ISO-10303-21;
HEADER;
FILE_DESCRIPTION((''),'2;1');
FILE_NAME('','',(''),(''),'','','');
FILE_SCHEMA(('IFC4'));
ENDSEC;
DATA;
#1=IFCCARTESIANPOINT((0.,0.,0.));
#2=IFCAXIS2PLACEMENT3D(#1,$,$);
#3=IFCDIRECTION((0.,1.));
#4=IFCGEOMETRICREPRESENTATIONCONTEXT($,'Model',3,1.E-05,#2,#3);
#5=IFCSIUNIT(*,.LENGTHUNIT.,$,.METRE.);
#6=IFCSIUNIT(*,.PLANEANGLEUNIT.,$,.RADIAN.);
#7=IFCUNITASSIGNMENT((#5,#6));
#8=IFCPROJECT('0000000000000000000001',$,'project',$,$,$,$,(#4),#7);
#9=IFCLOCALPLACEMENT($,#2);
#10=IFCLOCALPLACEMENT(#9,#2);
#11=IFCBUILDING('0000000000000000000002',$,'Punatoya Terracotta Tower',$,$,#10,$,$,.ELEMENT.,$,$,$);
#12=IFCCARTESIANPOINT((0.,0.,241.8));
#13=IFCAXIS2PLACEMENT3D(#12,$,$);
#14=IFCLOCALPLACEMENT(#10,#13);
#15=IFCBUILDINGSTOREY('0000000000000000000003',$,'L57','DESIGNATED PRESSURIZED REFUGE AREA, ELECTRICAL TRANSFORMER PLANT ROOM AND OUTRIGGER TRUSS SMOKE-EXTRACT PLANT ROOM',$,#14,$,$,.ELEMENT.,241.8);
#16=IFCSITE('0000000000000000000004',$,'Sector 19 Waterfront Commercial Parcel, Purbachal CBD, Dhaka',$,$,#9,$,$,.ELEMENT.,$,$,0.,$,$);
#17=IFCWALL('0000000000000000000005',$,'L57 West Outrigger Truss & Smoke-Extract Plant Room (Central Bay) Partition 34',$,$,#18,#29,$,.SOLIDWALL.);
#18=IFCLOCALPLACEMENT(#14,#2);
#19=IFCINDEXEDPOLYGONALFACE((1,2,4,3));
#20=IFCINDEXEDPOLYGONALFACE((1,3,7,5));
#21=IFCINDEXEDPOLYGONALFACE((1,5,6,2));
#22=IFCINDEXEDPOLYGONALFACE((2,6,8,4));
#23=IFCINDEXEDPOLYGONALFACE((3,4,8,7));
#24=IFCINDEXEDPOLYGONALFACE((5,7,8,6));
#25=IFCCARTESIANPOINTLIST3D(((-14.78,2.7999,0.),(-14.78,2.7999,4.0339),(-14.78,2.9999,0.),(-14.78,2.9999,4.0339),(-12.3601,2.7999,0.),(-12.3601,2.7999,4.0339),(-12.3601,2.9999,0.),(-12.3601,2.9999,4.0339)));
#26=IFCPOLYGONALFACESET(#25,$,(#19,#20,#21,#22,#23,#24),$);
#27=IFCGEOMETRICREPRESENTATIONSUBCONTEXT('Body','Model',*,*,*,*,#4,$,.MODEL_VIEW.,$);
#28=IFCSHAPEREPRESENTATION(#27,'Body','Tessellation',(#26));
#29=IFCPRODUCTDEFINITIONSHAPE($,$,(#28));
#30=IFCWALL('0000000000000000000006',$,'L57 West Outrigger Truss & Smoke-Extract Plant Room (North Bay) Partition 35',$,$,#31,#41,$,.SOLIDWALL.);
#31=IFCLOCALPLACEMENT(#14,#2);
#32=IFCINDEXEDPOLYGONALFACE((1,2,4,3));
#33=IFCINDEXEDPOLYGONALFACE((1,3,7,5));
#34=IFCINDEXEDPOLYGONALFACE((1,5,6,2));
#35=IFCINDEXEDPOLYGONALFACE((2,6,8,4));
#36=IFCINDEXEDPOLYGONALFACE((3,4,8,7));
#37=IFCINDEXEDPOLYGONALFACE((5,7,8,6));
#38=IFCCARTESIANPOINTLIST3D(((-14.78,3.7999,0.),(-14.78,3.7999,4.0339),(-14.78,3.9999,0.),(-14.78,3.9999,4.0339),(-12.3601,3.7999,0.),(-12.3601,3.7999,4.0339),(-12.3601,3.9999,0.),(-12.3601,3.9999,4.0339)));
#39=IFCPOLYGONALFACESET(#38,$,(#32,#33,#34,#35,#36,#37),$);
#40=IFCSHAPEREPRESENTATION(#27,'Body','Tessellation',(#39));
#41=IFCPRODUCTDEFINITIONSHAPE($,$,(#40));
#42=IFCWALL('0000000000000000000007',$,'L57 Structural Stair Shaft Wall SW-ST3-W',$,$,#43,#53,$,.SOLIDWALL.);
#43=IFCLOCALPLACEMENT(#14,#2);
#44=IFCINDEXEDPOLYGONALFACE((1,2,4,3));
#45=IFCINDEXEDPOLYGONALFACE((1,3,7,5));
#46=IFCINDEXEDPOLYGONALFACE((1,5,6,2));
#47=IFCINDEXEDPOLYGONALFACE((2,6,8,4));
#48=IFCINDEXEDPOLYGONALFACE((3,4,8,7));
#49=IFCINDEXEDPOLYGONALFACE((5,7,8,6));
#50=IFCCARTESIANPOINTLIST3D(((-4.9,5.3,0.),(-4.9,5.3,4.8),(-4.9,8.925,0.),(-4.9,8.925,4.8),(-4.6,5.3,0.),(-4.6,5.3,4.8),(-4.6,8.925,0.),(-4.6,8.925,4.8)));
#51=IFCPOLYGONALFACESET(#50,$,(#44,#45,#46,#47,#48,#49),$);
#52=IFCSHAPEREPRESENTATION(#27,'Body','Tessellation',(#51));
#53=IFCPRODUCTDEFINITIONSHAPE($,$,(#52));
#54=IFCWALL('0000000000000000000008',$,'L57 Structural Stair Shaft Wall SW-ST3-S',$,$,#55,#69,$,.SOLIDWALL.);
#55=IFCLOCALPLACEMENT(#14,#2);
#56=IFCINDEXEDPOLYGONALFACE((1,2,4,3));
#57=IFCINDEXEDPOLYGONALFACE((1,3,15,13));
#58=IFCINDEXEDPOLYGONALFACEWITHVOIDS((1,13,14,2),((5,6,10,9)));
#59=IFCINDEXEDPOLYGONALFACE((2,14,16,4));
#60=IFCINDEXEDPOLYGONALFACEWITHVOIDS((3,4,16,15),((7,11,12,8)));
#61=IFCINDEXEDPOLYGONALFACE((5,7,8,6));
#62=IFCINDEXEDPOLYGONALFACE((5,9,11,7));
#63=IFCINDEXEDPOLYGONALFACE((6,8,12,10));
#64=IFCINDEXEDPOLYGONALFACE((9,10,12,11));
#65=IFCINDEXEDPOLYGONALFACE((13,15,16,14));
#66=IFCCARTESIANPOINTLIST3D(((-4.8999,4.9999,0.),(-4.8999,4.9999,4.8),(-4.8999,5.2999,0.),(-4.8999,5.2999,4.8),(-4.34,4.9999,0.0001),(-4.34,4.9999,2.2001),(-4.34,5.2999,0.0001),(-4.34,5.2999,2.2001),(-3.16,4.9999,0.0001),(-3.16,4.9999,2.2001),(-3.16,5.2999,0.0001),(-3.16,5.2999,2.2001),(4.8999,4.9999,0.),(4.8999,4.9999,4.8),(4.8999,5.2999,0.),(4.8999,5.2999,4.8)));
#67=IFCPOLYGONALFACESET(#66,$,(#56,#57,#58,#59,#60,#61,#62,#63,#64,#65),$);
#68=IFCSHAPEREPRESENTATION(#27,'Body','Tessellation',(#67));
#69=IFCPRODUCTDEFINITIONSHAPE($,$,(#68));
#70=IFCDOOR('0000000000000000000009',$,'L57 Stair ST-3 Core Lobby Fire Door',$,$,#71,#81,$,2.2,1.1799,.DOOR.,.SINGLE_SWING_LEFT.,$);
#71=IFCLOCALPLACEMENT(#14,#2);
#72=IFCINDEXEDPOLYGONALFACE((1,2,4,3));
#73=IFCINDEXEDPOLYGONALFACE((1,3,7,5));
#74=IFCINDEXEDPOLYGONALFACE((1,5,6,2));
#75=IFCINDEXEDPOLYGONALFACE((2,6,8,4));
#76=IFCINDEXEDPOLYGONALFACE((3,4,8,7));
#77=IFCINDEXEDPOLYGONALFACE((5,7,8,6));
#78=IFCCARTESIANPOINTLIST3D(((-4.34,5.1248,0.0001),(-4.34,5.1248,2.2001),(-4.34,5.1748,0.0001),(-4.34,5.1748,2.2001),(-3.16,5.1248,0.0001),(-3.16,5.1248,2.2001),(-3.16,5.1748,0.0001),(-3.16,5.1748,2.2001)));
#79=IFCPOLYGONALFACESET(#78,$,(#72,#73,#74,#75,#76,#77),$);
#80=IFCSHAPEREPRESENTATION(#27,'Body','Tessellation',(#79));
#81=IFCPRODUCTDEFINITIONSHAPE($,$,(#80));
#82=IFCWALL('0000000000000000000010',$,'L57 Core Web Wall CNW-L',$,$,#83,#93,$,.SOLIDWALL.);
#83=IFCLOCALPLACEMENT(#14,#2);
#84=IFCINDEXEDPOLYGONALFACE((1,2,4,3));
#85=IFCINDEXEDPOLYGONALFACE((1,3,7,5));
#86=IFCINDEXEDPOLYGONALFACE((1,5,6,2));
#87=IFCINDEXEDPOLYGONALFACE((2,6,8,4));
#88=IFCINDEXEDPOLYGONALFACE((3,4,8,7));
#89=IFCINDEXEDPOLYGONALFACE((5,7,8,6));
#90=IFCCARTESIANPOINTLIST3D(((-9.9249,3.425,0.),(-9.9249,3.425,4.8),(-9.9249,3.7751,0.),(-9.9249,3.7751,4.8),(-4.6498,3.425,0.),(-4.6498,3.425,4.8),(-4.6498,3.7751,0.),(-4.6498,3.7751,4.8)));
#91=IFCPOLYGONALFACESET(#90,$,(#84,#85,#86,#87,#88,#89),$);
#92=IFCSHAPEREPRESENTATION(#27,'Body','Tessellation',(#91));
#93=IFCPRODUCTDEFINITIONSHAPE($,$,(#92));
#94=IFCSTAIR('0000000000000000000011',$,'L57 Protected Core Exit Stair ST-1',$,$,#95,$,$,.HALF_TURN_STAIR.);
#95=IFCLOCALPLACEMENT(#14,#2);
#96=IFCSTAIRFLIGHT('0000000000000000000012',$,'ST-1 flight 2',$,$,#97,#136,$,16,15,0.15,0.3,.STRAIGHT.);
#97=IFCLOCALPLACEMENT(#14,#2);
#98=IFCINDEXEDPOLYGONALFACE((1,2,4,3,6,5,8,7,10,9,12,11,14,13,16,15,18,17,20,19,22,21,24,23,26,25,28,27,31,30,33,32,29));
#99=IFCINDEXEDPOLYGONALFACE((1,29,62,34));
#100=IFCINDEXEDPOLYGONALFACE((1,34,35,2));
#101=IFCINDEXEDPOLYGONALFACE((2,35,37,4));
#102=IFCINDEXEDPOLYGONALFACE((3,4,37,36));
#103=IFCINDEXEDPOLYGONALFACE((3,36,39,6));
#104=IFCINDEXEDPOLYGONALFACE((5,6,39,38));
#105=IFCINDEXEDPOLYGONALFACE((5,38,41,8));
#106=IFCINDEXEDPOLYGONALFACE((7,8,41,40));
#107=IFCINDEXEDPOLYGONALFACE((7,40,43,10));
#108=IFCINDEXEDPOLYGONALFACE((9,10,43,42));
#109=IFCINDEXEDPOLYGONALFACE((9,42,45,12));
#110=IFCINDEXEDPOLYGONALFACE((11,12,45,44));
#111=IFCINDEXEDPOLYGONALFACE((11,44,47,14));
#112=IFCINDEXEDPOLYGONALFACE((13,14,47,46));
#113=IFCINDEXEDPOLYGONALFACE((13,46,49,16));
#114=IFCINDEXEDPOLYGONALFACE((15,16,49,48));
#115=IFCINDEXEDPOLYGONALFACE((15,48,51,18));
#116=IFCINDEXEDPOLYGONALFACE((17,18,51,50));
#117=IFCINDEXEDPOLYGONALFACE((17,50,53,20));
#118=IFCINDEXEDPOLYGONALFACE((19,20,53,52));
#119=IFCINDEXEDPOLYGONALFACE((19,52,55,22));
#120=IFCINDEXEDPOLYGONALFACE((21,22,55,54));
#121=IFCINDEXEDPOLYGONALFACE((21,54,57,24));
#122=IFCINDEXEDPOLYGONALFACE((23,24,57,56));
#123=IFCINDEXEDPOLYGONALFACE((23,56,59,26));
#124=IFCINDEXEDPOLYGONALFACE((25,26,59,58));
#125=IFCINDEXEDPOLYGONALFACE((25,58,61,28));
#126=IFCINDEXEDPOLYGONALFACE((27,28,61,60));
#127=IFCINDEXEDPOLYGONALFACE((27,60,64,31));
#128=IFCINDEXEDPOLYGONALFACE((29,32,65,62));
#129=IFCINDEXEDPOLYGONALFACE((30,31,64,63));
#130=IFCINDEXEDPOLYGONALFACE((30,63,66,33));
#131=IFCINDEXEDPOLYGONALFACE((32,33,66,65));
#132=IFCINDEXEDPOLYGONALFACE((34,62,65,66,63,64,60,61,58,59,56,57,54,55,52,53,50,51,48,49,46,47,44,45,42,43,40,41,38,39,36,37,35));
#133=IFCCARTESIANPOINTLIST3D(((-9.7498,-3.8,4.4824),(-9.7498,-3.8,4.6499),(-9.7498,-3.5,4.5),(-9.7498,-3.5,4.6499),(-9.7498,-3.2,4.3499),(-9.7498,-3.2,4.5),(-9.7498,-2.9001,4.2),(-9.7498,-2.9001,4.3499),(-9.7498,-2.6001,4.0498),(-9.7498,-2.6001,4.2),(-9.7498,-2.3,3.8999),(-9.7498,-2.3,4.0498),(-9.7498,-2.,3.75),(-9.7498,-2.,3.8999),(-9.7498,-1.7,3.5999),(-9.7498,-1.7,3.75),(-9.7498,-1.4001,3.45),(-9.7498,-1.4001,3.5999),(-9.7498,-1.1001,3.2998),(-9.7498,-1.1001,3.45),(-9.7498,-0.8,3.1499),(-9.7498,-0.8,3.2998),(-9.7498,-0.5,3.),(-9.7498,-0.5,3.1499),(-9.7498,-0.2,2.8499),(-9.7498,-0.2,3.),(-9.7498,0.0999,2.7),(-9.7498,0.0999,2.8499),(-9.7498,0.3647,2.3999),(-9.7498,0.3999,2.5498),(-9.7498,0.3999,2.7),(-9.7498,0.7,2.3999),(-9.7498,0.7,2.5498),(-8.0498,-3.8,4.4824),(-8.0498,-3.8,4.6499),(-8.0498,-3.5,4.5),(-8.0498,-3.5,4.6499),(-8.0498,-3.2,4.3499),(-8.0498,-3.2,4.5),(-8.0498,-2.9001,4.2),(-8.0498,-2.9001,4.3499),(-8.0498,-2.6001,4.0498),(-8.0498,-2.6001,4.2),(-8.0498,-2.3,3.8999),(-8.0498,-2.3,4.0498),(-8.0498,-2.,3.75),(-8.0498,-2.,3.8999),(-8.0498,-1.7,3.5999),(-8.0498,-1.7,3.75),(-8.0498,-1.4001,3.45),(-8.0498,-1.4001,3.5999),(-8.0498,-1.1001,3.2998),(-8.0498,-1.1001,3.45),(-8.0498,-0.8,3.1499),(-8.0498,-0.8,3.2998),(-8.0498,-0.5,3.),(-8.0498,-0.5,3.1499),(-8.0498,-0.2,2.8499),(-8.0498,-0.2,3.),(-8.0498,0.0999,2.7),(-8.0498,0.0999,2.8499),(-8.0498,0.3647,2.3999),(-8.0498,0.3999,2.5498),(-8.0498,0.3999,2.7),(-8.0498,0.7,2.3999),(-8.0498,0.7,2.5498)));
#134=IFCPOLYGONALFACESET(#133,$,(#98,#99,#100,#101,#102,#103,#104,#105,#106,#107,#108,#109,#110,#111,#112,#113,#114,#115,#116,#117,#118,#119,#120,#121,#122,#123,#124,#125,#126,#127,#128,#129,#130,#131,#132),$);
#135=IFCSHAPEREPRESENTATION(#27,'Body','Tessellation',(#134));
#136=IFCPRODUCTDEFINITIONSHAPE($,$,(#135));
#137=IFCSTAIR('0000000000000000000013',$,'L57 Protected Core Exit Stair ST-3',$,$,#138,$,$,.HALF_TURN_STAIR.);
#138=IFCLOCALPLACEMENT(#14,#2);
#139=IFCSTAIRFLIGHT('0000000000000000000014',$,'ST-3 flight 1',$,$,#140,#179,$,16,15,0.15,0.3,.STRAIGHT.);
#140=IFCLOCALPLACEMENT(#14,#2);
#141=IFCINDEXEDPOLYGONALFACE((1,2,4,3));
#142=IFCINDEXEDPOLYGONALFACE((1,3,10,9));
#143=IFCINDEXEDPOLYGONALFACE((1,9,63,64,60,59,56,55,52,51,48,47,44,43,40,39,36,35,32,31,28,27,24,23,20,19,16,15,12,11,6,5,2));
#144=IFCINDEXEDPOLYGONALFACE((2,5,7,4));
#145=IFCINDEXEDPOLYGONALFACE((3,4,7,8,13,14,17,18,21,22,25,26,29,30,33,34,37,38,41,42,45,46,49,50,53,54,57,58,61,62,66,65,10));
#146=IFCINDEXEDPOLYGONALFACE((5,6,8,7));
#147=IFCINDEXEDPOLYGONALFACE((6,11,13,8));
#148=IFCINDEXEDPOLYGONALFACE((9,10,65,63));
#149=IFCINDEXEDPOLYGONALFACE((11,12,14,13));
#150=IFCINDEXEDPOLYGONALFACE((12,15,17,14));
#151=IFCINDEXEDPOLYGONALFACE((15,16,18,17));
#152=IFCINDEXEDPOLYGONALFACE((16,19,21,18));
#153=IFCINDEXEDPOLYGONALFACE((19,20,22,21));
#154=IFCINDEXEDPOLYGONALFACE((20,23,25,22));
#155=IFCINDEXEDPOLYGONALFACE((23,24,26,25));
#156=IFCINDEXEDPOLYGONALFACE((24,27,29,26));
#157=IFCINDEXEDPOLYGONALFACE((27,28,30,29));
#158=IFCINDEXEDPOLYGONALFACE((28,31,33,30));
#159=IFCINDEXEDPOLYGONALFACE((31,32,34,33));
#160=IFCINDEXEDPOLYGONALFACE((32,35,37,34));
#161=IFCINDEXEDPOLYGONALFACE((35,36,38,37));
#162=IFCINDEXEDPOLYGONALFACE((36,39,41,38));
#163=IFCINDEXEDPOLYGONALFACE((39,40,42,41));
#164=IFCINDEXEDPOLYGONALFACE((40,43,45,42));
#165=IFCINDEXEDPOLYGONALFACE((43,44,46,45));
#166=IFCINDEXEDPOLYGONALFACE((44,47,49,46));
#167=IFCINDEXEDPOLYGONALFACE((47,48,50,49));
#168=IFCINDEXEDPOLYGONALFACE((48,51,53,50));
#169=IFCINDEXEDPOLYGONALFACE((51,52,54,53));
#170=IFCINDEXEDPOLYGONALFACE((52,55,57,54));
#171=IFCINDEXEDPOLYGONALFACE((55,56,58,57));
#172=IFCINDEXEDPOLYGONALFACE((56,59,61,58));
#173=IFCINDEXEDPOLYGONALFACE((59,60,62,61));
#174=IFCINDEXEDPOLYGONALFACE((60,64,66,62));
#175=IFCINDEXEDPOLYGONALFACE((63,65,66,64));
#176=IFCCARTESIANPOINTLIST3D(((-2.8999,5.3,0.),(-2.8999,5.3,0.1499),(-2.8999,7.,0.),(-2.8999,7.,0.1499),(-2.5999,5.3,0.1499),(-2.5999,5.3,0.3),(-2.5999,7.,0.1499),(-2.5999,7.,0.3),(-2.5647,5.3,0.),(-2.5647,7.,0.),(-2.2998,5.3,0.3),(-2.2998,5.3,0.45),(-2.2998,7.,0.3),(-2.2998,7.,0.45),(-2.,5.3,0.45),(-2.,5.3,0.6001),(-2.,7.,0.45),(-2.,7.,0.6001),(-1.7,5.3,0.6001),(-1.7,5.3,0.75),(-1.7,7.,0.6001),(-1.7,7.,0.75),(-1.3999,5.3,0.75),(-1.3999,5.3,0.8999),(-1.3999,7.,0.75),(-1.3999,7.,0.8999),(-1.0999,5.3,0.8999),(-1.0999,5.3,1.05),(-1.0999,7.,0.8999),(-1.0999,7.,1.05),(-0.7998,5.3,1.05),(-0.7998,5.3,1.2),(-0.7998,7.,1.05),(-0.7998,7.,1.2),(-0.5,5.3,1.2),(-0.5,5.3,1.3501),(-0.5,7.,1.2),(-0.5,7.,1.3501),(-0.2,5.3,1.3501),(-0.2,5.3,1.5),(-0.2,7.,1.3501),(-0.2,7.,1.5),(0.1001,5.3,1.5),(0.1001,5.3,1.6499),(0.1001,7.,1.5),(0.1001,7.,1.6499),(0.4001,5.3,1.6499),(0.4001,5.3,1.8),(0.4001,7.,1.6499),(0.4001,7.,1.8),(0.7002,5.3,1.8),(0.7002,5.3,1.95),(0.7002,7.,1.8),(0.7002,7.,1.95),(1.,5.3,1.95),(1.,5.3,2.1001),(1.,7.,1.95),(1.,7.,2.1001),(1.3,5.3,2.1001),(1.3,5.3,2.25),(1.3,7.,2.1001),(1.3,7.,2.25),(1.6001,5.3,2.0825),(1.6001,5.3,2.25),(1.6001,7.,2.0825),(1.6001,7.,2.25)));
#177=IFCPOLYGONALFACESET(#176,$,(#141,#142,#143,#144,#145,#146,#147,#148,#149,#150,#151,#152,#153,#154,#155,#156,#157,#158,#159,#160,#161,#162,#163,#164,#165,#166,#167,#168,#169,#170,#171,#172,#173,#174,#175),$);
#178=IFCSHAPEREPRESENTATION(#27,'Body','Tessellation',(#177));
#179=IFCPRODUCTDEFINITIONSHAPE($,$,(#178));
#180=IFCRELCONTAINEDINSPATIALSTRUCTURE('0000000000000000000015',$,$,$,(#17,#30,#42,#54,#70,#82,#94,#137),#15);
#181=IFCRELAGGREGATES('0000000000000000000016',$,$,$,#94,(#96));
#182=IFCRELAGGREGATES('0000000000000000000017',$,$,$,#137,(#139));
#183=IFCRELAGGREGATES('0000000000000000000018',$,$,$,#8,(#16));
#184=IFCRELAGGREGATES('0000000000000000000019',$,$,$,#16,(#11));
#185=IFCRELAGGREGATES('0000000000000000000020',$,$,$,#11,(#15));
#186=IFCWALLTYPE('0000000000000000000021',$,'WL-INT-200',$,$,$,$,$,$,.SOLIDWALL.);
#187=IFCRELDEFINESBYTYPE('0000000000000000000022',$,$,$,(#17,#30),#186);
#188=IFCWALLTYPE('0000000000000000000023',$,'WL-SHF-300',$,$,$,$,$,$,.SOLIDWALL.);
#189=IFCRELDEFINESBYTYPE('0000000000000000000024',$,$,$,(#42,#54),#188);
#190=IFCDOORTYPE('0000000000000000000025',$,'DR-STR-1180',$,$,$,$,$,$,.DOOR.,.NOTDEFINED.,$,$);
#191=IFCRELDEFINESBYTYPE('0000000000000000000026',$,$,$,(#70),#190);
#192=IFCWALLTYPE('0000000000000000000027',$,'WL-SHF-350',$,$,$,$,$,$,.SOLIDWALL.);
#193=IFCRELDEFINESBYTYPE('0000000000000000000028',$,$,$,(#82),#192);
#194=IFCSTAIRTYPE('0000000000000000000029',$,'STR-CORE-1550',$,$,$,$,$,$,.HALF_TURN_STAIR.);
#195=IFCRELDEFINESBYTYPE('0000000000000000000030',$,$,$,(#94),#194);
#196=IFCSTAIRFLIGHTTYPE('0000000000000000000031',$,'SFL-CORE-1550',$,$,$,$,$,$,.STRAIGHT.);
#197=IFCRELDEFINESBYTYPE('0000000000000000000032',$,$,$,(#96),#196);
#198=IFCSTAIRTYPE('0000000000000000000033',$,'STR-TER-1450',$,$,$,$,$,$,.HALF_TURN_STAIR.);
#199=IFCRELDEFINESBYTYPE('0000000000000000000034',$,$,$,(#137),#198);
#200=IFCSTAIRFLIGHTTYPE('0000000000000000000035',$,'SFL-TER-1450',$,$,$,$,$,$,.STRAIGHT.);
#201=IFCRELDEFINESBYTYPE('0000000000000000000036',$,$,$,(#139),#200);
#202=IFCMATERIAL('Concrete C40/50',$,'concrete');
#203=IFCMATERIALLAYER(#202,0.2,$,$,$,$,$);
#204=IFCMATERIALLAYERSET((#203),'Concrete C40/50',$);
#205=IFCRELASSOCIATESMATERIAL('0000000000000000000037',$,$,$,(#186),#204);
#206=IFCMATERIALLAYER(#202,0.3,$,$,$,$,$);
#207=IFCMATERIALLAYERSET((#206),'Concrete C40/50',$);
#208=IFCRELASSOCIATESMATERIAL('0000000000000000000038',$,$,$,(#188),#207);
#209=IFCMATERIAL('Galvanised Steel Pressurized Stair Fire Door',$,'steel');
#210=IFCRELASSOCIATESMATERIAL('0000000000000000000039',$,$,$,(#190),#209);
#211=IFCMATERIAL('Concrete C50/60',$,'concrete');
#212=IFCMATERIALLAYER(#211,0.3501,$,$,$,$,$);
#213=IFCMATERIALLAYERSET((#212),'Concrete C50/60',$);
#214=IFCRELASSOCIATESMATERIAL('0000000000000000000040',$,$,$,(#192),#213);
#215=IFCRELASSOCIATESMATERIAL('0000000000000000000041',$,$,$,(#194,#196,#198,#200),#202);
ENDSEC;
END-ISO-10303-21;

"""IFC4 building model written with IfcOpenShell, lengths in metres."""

from ifc_helpers import new_model, si_unit, direction, frame, frame_2d, origin, place, context, subcontext, project, spatial, polyline, rectangle, outline, extrude, material, layer, layer_set, type_object, element, fill, aggregate, save


model = new_model("IFC4")

# Units and contexts
model_context = context("Model", 3, precision=1e-05, world=origin(), true_north=direction((0.0, 1.0)))
body_context = subcontext(model_context, "Body", "Model", "MODEL_VIEW")
ifc_project = project(units=[si_unit("LENGTHUNIT", "METRE"), si_unit("PLANEANGLEUNIT", "RADIAN")], contexts=[model_context])

# Site, building, storey
site_placement = place(None, origin())
site = spatial("IfcSite", under=ifc_project, at=site_placement, Name="Sector 19 Waterfront Commercial Parcel, Purbachal CBD, Dhaka", CompositionType="ELEMENT", RefElevation=0.0)
building_placement = place(site_placement, origin())
building = spatial("IfcBuilding", under=site, at=building_placement, Name="Punatoya Terracotta Tower", CompositionType="ELEMENT")
storey_placement = place(building_placement, frame((0.0, 0.0, 241.8)))
storey = spatial("IfcBuildingStorey", under=building, at=storey_placement, Name="L57", Description="DESIGNATED PRESSURIZED REFUGE AREA, ELECTRICAL TRANSFORMER PLANT ROOM AND OUTRIGGER TRUSS SMOKE-EXTRACT PLANT ROOM", CompositionType="ELEMENT", Elevation=241.8)

# Shared definitions
ifc_material_1 = material(Name="Concrete C50/60", Category="concrete")

# Shared definitions
ifc_material_2 = material(Name="Concrete C40/50", Category="concrete")
ifc_layer_1 = layer(ifc_material_2, 0.2)
ifc_layer_set_1 = layer_set([ifc_layer_1], Name="Concrete C40/50")
wall_type_1 = type_object("IfcWallType", Name="WL-INT-200", PredefinedType="SOLIDWALL", material=ifc_layer_set_1)

# Walls
for number, where, z_axis, x_axis, name in (
    (1, (-14.78, 2.8999, 0.0), (0.0, 0.0, 1.0), (1.0, 0.0, 0.0), "L57 West Outrigger Truss & Smoke-Extract Plant Room (Central Bay) Partition 34"),
    (2, (-12.3601, 3.8999, 0.0), (0.0, 0.0, 1.0), (-1.0, 0.0, 0.0), "L57 West Outrigger Truss & Smoke-Extract Plant Room (North Bay) Partition 35"),
):
    element("IfcWall", number, at=place(storey_placement, frame(where, z_axis=z_axis, x_axis=x_axis)), inside=storey, type_object=wall_type_1, Name=name, PredefinedType="SOLIDWALL", context=body_context, shape_type="SweptSolid", body=[
        extrude(rectangle(XDim=2.4199, YDim=0.2, at=frame_2d((1.21, 0.0))), origin(), (0.0, 0.0, 1.0), 4.0339),
    ])
ifc_layer_2 = layer(ifc_material_2, 0.3)
ifc_layer_set_2 = layer_set([ifc_layer_2], Name="Concrete C40/50")
wall_type_2 = type_object("IfcWallType", Name="WL-SHF-300", PredefinedType="SOLIDWALL", material=ifc_layer_set_2)
wall_1_placement = place(storey_placement, frame((-4.75, 5.3, 0.0), z_axis=(0.0, 0.0, 1.0), x_axis=(0.0, 1.0, 0.0)))
element("IfcWall", 3, at=wall_1_placement, inside=storey, type_object=wall_type_2, Name="L57 Structural Stair Shaft Wall SW-ST3-W", PredefinedType="SOLIDWALL", context=body_context, shape_type="SweptSolid", body=[
    extrude(rectangle(XDim=3.625, YDim=0.3, at=frame_2d((1.8125, 0.0))), origin(), (0.0, 0.0, 1.0), 4.8),
])

# Wall, opening, door
wall_2_placement = place(storey_placement, frame((-4.8999, 5.1499, 0.0), z_axis=(0.0, 0.0, 1.0), x_axis=(1.0, 0.0, 0.0)))
wall_2 = element("IfcWall", 4, at=wall_2_placement, inside=storey, type_object=wall_type_2, Name="L57 Structural Stair Shaft Wall SW-ST3-S", PredefinedType="SOLIDWALL", context=body_context, shape_type="SweptSolid", body=[
    extrude(rectangle(XDim=9.7998, YDim=0.3, at=frame_2d((4.8999, 0.0))), origin(), (0.0, 0.0, 1.0), 4.8),
])
opening_1_placement = place(wall_2_placement, frame((0.5601, 0.0, 0.0)))
opening_1 = element("IfcOpeningElement", 5, at=opening_1_placement, cuts=wall_2, PredefinedType="OPENING", context=body_context, shape_type="SweptSolid", body=[
    extrude(rectangle(XDim=1.1799, YDim=2.2, at=frame_2d((0.5898, 1.1001))), frame((0.0, 0.1599, 0.0), z_axis=(0.0, -1.0, 0.0), x_axis=(1.0, 0.0, 0.0)), (0.0, 0.0, 1.0), 0.3201),
])
ifc_material_3 = material(Name="Galvanised Steel Pressurized Stair Fire Door", Category="steel")
door_type_1 = type_object("IfcDoorType", Name="DR-STR-1180", OperationType="NOTDEFINED", PredefinedType="DOOR", material=ifc_material_3)
door_1_placement = place(opening_1_placement, origin())
door_1 = element("IfcDoor", 6, at=door_1_placement, inside=storey, type_object=door_type_1, Name="L57 Stair ST-3 Core Lobby Fire Door", OperationType="SINGLE_SWING_LEFT", OverallHeight=2.2, OverallWidth=1.1799, PredefinedType="DOOR", context=body_context, shape_type="SweptSolid", body=[
    extrude(rectangle(XDim=1.1799, YDim=2.2, at=frame_2d((0.5898, 1.1001))), frame((0.0, 0.0249, 0.0), z_axis=(0.0, -1.0, 0.0), x_axis=(1.0, 0.0, 0.0)), (0.0, 0.0, 1.0), 0.05),
])
fill(opening_1, door_1)

# Wall
ifc_layer_3 = layer(ifc_material_1, 0.3501)
ifc_layer_set_3 = layer_set([ifc_layer_3], Name="Concrete C50/60")
wall_type_3 = type_object("IfcWallType", Name="WL-SHF-350", PredefinedType="SOLIDWALL", material=ifc_layer_set_3)
wall_3_placement = place(storey_placement, frame((-9.925, 3.6001, 0.0), z_axis=(0.0, 0.0, 1.0), x_axis=(1.0, 0.0, 0.0)))
element("IfcWall", 7, at=wall_3_placement, inside=storey, type_object=wall_type_3, Name="L57 Core Web Wall CNW-L", PredefinedType="SOLIDWALL", context=body_context, shape_type="SweptSolid", body=[
    extrude(rectangle(XDim=5.2751, YDim=0.3501, at=frame_2d((2.6377, 0.0))), origin(), (0.0, 0.0, 1.0), 4.8),
])

# Stairs, stair flights
stair_type_1 = type_object("IfcStairType", Name="STR-CORE-1550", PredefinedType="HALF_TURN_STAIR", material=ifc_material_2)
stair_1_placement = place(storey_placement, origin())
stair_1 = element("IfcStair", 8, at=stair_1_placement, inside=storey, type_object=stair_type_1, Name="L57 Protected Core Exit Stair ST-1", PredefinedType="HALF_TURN_STAIR")
stair_flight_type_1 = type_object("IfcStairFlightType", Name="SFL-CORE-1550", PredefinedType="STRAIGHT", material=ifc_material_2)
stair_flight_1_placement = place(storey_placement, frame((-8.8999, 0.7, 2.3999), z_axis=(0.0, 0.0, 1.0), x_axis=(0.0, -1.0, 0.0)))
stair_flight_1 = element("IfcStairFlight", 9, at=stair_flight_1_placement, type_object=stair_flight_type_1, Name="ST-1 flight 2", NumberOfRisers=16, NumberOfTreads=15, PredefinedType="STRAIGHT", RiserHeight=0.15, TreadLength=0.3, context=body_context, shape_type="SweptSolid", body=[
    extrude(outline(polyline([(0.0, 0.0), (0.0, 0.1499), (0.3, 0.1499), (0.3, 0.3), (0.6001, 0.3), (0.6001, 0.45), (0.8999, 0.45), (0.8999, 0.6001), (1.2, 0.6001), (1.2, 0.75), (1.5, 0.75), (1.5, 0.8999), (1.8, 0.8999), (1.8, 1.05), (2.1001, 1.05), (2.1001, 1.2), (2.3999, 1.2), (2.3999, 1.3501), (2.7, 1.3501), (2.7, 1.5), (3.0, 1.5), (3.0, 1.6499), (3.3, 1.6499), (3.3, 1.8), (3.6001, 1.8), (3.6001, 1.95), (3.8999, 1.95), (3.8999, 2.1001), (4.2, 2.1001), (4.2, 2.25), (4.5, 2.25), (4.5, 2.3999), (4.5, 2.0825), (0.3352, 0.0), (0.0, 0.0)])), frame((0.0, 0.8501, 0.0), z_axis=(0.0, -1.0, 0.0), x_axis=(1.0, 0.0, 0.0)), (0.0, 0.0, 1.0), 1.7),
])
aggregate(stair_1, [stair_flight_1])
stair_type_2 = type_object("IfcStairType", Name="STR-TER-1450", PredefinedType="HALF_TURN_STAIR", material=ifc_material_2)
stair_2_placement = place(storey_placement, origin())
stair_2 = element("IfcStair", 10, at=stair_2_placement, inside=storey, type_object=stair_type_2, Name="L57 Protected Core Exit Stair ST-3", PredefinedType="HALF_TURN_STAIR")
stair_flight_type_2 = type_object("IfcStairFlightType", Name="SFL-TER-1450", PredefinedType="STRAIGHT", material=ifc_material_2)
stair_flight_2_placement = place(storey_placement, frame((-2.8999, 6.1499, 0.0), z_axis=(0.0, 0.0, 1.0), x_axis=(1.0, 0.0, 0.0)))
stair_flight_2 = element("IfcStairFlight", 11, at=stair_flight_2_placement, type_object=stair_flight_type_2, Name="ST-3 flight 1", NumberOfRisers=16, NumberOfTreads=15, PredefinedType="STRAIGHT", RiserHeight=0.15, TreadLength=0.3, context=body_context, shape_type="SweptSolid", body=[
    extrude(outline(polyline([(0.0, 0.0), (0.0, 0.1499), (0.3, 0.1499), (0.3, 0.3), (0.6001, 0.3), (0.6001, 0.45), (0.8999, 0.45), (0.8999, 0.6001), (1.2, 0.6001), (1.2, 0.75), (1.5, 0.75), (1.5, 0.8999), (1.8, 0.8999), (1.8, 1.05), (2.1001, 1.05), (2.1001, 1.2), (2.3999, 1.2), (2.3999, 1.3501), (2.7, 1.3501), (2.7, 1.5), (3.0, 1.5), (3.0, 1.6499), (3.3, 1.6499), (3.3, 1.8), (3.6001, 1.8), (3.6001, 1.95), (3.8999, 1.95), (3.8999, 2.1001), (4.2, 2.1001), (4.2, 2.25), (4.5, 2.25), (4.5, 2.3999), (4.5, 2.0825), (0.3352, 0.0), (0.0, 0.0)])), frame((0.0, 0.8501, 0.0), z_axis=(0.0, -1.0, 0.0), x_axis=(1.0, 0.0, 0.0)), (0.0, 0.0, 1.0), 1.7),
])
aggregate(stair_2, [stair_flight_2])

save(model, "model.ifc")
